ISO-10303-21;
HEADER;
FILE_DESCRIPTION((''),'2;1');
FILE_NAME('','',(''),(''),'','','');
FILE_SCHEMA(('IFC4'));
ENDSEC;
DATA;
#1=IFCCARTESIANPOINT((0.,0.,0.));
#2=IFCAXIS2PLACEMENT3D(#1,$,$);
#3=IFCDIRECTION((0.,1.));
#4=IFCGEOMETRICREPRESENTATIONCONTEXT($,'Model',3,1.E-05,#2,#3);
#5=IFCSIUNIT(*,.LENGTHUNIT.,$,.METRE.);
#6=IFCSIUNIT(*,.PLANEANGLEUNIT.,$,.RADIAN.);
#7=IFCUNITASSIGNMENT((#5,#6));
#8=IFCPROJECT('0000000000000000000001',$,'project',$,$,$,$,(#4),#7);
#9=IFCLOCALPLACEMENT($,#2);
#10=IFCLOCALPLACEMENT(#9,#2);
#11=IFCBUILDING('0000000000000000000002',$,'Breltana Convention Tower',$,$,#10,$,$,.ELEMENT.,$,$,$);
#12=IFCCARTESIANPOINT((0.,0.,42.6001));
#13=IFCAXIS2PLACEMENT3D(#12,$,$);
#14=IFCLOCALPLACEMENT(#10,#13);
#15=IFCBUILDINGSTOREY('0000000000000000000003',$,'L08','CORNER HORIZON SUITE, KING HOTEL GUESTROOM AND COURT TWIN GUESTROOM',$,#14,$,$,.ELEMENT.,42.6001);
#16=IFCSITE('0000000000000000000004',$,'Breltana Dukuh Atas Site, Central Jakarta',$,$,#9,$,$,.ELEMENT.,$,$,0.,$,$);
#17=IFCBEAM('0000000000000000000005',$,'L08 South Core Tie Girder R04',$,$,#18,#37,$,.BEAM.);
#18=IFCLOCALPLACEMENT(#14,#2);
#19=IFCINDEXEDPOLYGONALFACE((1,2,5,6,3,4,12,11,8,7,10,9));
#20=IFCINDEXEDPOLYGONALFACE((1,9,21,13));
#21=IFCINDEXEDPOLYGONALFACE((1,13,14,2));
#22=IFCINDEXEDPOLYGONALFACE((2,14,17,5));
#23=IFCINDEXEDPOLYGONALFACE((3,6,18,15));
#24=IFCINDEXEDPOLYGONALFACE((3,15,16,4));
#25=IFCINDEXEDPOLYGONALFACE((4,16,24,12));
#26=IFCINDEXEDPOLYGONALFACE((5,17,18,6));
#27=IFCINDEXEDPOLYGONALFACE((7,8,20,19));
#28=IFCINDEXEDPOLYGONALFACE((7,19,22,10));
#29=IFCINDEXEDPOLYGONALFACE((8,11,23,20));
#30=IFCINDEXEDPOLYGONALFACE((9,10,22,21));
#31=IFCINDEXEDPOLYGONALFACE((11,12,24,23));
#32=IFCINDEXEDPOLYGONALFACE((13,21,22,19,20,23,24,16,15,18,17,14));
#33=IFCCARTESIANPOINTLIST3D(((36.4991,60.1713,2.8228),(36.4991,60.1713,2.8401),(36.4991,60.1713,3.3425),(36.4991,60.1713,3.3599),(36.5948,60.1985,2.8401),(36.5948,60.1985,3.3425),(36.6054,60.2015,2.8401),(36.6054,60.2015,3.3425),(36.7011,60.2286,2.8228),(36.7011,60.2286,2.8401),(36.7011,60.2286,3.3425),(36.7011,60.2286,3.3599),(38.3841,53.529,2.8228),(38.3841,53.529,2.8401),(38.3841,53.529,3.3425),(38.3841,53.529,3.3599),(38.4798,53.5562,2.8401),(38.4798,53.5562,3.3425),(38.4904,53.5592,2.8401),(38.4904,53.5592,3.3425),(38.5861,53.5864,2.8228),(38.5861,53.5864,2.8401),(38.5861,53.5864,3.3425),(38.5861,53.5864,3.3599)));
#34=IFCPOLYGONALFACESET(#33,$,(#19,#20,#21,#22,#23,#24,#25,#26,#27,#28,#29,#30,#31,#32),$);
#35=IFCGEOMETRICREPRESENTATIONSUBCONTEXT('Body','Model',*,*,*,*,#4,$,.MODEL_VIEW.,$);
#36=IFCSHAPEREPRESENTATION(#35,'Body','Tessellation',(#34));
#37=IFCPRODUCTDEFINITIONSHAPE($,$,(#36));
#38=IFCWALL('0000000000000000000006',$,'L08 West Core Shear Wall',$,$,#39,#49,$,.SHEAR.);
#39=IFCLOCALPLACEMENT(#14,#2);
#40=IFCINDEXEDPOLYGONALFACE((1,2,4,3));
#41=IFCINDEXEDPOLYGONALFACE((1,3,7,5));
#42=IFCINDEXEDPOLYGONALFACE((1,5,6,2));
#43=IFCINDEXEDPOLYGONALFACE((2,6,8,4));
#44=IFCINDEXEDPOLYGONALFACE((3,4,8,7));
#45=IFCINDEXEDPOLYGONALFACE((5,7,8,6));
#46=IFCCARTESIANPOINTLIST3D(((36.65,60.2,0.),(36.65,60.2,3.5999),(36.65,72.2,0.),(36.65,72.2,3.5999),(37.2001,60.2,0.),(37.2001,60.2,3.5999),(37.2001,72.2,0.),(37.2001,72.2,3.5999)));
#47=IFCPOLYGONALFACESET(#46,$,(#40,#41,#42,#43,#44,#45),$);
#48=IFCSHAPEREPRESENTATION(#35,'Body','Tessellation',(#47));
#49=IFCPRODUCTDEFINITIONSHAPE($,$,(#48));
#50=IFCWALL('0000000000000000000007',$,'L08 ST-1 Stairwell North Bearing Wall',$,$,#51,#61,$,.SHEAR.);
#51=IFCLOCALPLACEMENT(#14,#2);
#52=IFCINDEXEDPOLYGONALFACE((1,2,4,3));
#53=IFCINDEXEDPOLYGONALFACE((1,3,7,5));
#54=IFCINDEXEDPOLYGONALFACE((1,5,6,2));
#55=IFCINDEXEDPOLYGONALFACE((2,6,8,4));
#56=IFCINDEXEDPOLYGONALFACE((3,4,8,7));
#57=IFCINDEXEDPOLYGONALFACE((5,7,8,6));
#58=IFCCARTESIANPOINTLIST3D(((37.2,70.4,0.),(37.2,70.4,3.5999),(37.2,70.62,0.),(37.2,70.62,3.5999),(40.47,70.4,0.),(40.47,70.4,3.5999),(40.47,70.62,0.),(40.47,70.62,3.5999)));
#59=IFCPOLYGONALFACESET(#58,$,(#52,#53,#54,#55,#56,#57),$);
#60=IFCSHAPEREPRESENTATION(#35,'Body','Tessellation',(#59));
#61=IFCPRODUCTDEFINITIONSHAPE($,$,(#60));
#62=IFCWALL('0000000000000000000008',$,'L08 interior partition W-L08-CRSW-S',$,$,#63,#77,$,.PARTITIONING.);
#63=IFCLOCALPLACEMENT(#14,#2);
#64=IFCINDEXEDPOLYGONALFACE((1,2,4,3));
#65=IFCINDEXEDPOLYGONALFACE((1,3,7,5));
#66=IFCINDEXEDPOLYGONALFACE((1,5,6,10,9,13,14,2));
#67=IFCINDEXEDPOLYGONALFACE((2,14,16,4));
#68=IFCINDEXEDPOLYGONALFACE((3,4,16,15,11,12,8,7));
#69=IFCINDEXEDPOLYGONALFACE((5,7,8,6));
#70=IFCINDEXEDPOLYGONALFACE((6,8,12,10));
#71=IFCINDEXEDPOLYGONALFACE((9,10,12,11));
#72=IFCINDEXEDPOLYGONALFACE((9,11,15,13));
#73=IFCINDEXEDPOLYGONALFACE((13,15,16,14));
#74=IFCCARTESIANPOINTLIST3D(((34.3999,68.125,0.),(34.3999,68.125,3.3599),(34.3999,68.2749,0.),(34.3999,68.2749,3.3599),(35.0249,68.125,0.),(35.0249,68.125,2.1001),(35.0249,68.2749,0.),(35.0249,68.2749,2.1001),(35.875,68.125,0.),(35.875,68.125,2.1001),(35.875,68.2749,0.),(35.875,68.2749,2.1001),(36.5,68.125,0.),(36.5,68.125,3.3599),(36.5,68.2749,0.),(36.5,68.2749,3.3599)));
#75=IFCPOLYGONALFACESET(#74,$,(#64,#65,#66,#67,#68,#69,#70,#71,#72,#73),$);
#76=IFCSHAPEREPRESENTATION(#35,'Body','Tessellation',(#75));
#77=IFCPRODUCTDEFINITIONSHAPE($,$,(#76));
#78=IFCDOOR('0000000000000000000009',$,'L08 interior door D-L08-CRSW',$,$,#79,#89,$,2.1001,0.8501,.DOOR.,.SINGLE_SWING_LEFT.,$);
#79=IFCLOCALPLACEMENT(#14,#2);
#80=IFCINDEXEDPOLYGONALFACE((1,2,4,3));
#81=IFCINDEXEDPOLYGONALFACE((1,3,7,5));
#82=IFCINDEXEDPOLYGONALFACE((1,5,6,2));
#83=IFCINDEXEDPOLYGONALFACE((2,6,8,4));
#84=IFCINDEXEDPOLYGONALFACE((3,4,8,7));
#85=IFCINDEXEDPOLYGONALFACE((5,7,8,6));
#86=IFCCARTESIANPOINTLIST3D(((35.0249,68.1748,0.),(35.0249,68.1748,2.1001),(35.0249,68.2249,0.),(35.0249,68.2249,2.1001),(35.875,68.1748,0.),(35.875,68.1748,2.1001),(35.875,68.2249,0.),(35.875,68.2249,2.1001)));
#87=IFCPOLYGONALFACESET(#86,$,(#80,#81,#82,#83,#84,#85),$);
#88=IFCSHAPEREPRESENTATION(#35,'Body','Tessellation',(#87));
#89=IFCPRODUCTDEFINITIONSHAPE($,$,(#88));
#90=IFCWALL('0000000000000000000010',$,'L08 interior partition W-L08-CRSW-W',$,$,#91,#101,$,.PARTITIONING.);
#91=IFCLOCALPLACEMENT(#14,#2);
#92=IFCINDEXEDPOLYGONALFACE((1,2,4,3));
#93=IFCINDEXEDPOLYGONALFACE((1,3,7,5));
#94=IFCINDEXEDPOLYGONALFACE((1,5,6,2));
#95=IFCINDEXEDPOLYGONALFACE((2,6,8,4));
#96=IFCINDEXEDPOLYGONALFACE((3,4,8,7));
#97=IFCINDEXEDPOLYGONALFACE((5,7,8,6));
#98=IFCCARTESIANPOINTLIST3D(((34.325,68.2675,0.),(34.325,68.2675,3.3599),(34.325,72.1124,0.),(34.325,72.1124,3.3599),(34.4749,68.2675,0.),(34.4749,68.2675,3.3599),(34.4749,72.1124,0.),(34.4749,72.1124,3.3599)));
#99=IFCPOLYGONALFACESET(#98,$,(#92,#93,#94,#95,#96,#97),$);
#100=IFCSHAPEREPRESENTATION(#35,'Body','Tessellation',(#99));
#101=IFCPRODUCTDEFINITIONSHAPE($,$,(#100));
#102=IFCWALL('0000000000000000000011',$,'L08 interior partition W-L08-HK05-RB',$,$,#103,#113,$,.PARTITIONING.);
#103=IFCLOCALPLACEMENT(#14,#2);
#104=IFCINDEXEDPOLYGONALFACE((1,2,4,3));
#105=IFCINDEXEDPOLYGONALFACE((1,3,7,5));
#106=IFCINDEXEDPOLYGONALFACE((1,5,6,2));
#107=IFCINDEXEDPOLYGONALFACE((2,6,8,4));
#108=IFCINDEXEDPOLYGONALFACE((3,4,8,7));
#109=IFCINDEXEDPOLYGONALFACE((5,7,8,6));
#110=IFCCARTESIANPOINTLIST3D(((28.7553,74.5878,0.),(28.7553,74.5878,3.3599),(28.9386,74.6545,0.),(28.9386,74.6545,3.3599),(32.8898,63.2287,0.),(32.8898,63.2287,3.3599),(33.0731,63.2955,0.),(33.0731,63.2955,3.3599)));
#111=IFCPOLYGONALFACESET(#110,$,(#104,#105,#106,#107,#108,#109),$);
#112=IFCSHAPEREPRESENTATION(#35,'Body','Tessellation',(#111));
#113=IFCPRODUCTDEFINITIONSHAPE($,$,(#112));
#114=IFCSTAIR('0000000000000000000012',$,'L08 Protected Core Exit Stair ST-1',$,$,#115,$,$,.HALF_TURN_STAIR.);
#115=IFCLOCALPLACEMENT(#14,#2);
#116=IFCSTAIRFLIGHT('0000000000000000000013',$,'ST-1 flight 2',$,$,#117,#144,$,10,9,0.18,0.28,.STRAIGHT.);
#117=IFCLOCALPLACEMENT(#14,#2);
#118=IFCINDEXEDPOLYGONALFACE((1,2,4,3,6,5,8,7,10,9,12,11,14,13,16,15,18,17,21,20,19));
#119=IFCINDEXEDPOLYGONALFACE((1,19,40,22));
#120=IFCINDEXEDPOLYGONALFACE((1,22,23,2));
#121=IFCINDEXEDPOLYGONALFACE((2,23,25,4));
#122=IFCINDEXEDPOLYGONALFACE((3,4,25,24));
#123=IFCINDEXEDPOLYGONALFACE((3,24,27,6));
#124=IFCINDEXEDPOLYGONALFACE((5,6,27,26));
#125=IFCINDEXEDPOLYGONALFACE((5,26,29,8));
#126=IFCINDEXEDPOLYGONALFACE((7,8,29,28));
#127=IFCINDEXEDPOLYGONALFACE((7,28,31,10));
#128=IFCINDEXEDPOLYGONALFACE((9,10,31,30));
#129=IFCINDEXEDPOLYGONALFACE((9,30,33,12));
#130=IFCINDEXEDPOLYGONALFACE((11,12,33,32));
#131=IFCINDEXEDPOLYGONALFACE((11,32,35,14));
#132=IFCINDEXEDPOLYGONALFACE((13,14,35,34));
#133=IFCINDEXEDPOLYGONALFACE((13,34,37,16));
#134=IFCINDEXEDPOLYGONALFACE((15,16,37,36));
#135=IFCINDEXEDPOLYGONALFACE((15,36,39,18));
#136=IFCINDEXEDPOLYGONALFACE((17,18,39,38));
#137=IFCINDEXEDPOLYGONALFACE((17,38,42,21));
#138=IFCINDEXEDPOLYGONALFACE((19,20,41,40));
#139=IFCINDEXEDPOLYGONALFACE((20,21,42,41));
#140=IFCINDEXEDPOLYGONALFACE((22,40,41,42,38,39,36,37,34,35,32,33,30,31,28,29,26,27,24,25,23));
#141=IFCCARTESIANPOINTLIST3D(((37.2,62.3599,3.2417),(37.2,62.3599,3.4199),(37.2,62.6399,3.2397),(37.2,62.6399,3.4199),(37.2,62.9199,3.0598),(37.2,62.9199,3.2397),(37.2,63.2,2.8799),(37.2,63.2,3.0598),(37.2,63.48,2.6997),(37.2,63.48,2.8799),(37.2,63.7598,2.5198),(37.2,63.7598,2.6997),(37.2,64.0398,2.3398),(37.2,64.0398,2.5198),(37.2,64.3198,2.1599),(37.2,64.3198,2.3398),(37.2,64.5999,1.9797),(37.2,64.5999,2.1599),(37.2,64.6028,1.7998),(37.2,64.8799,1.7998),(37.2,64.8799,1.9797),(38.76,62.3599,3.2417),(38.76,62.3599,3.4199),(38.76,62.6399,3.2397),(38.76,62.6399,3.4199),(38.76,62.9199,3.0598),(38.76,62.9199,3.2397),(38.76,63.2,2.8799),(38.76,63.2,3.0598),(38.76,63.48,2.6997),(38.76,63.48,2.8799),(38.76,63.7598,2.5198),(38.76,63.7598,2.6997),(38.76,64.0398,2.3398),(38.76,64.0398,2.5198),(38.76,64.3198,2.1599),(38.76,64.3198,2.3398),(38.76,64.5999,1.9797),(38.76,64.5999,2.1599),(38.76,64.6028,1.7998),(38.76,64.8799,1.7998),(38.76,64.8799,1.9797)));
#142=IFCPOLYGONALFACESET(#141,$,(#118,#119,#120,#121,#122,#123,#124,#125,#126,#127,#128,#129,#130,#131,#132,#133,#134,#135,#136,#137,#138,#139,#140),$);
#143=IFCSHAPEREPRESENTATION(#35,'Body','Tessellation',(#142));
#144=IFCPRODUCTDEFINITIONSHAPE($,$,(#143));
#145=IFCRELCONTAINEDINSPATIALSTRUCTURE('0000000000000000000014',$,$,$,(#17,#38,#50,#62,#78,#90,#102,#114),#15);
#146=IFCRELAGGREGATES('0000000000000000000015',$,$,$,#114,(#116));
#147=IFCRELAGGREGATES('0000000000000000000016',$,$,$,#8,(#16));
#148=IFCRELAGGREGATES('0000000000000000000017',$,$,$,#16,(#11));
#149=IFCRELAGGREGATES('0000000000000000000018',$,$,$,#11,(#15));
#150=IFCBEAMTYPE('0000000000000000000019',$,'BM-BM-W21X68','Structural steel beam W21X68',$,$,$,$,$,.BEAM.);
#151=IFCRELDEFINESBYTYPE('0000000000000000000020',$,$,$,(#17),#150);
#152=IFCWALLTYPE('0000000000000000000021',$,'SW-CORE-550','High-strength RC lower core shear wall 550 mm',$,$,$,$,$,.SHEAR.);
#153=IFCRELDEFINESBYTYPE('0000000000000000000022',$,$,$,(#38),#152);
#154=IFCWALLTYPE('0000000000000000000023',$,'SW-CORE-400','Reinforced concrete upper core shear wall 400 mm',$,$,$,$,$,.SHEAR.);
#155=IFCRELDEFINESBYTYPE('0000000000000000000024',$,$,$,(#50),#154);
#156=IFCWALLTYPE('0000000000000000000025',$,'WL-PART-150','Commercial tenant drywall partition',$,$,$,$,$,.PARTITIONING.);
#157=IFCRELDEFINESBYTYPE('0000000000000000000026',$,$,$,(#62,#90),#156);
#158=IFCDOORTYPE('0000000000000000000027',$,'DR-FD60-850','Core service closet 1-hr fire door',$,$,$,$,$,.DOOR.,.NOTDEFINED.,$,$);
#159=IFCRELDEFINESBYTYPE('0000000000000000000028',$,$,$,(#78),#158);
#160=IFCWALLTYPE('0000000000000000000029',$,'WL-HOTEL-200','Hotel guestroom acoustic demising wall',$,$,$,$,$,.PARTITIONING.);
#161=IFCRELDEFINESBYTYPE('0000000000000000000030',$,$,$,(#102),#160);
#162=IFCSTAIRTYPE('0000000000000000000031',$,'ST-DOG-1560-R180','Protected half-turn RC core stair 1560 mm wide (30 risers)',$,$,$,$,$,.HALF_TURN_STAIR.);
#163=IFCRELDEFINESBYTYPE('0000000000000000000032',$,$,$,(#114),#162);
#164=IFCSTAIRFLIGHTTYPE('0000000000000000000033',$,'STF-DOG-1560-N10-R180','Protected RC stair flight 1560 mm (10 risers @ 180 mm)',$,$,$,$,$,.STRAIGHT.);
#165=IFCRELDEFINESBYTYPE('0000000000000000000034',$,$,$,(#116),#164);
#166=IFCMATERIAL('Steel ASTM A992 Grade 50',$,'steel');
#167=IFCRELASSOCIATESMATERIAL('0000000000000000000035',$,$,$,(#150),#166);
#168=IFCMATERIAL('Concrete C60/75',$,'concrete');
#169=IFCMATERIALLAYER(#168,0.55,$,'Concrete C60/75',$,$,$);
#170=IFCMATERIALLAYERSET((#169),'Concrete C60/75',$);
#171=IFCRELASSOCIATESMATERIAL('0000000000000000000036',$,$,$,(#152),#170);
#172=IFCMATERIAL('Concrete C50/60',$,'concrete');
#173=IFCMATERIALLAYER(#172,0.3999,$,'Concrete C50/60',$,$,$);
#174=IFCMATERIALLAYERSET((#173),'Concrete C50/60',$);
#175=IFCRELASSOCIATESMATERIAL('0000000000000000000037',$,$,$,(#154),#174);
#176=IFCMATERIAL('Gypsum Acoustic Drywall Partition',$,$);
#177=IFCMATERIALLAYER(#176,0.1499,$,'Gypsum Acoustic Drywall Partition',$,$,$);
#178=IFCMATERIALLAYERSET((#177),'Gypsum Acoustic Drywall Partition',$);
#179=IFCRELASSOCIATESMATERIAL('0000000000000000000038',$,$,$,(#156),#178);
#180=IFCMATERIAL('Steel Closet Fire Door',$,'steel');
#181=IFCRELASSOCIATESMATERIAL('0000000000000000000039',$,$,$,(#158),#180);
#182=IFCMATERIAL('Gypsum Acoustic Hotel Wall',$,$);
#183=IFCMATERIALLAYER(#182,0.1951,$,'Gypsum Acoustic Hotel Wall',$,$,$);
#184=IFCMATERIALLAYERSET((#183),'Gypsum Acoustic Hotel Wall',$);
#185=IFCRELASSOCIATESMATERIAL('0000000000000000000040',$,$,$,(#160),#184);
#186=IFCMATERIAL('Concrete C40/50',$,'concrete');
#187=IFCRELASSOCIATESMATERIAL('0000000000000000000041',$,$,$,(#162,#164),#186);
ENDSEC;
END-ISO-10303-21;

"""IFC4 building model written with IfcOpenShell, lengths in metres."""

from ifc_helpers import new_model, si_unit, direction, frame, frame_2d, origin, origin_2d, place, context, subcontext, project, spatial, polyline, rectangle, i_section, outline, extrude, source, transform, mapped, material, layer, layer_set, material_profile, profile_set, type_object, type_shapes, element, fill, aggregate, save


model = new_model("IFC4")

# Units and contexts
model_context = context("Model", 3, precision=1e-05, world=origin(), true_north=direction((0.0, 1.0)))
body_context = subcontext(model_context, "Body", "Model", "MODEL_VIEW")
ifc_project = project(units=[si_unit("LENGTHUNIT", "METRE"), si_unit("PLANEANGLEUNIT", "RADIAN")], contexts=[model_context])

# Site, building, storey
site_placement = place(None, origin())
site = spatial("IfcSite", under=ifc_project, at=site_placement, Name="Breltana Dukuh Atas Site, Central Jakarta", CompositionType="ELEMENT", RefElevation=0.0)
building_placement = place(site_placement, origin())
building = spatial("IfcBuilding", under=site, at=building_placement, Name="Breltana Convention Tower", CompositionType="ELEMENT")
storey_placement = place(building_placement, frame((0.0, 0.0, 42.6001)))
storey = spatial("IfcBuildingStorey", under=building, at=storey_placement, Name="L08", Description="CORNER HORIZON SUITE, KING HOTEL GUESTROOM AND COURT TWIN GUESTROOM", CompositionType="ELEMENT", Elevation=42.6001)

# Beam
ifc_material_1 = material(Name="Steel ASTM A992 Grade 50", Category="steel")
ifc_material_profile = material_profile(ifc_material_1, i_section(OverallWidth=0.21, OverallDepth=0.5371, WebThickness=0.011, FlangeThickness=0.0173, at=origin_2d()), Name="W21X68")
ifc_profile_set = profile_set([ifc_material_profile], Name="Steel ASTM A992 Grade 50")
beam_type = type_object("IfcBeamType", Name="BM-BM-W21X68", Description="Structural steel beam W21X68", PredefinedType="BEAM", material=ifc_profile_set)
shared_shape_1 = source(origin(), body_context, "Body", "SweptSolid", [
    extrude(i_section(OverallWidth=0.21, OverallDepth=0.5371, WebThickness=0.011, FlangeThickness=0.0173, at=origin_2d()), origin(), (0.0, 0.0, 1.0), 6.9045),
])
type_shapes(beam_type, [shared_shape_1])
beam_placement = place(storey_placement, frame((36.6001, 60.2, 3.0913), z_axis=(0.273007, -0.962012, 0.0), x_axis=(0.962012, 0.273007, 0.0)))
element("IfcBeam", 1, at=beam_placement, inside=storey, type_object=beam_type, Name="L08 South Core Tie Girder R04", PredefinedType="BEAM", context=body_context, shape_type="MappedRepresentation", body=[
    mapped(shared_shape_1, transform((0.0, 0.0, 0.0), scale=1.0)),
])

# Wall
ifc_material_2 = material(Name="Concrete C60/75", Category="concrete")
ifc_layer_1 = layer(ifc_material_2, 0.55, Name="Concrete C60/75")
ifc_layer_set_1 = layer_set([ifc_layer_1], Name="Concrete C60/75")
wall_type_1 = type_object("IfcWallType", Name="SW-CORE-550", Description="High-strength RC lower core shear wall 550 mm", PredefinedType="SHEAR", material=ifc_layer_set_1)
shared_shape_2 = source(origin(), body_context, "Body", "SweptSolid", [
    extrude(rectangle(XDim=12.0, YDim=0.55, at=frame_2d((6.0, 0.0))), origin(), (0.0, 0.0, 1.0), 3.5999),
])
wall_1_placement = place(storey_placement, frame((36.925, 60.2, 0.0), z_axis=(0.0, 0.0, 1.0), x_axis=(0.0, 1.0, 0.0)))
element("IfcWall", 2, at=wall_1_placement, inside=storey, type_object=wall_type_1, Name="L08 West Core Shear Wall", PredefinedType="SHEAR", context=body_context, shape_type="MappedRepresentation", body=[
    mapped(shared_shape_2, transform((0.0, 0.0, 0.0), scale=1.0)),
])

# Wall
ifc_material_3 = material(Name="Concrete C50/60", Category="concrete")
ifc_layer_2 = layer(ifc_material_3, 0.3999, Name="Concrete C50/60")
ifc_layer_set_2 = layer_set([ifc_layer_2], Name="Concrete C50/60")
wall_type_2 = type_object("IfcWallType", Name="SW-CORE-400", Description="Reinforced concrete upper core shear wall 400 mm", PredefinedType="SHEAR", material=ifc_layer_set_2)
shared_shape_3 = source(origin(), body_context, "Body", "SweptSolid", [
    extrude(rectangle(XDim=3.27, YDim=0.22, at=frame_2d((1.635, 0.0))), origin(), (0.0, 0.0, 1.0), 3.5999),
])
wall_2_placement = place(storey_placement, frame((37.2, 70.51, 0.0), z_axis=(0.0, 0.0, 1.0), x_axis=(1.0, 0.0, 0.0)))
element("IfcWall", 3, at=wall_2_placement, inside=storey, type_object=wall_type_2, Name="L08 ST-1 Stairwell North Bearing Wall", PredefinedType="SHEAR", context=body_context, shape_type="MappedRepresentation", body=[
    mapped(shared_shape_3, transform((0.0, 0.0, 0.0), scale=1.0)),
])

# Wall, opening, door
ifc_material_4 = material(Name="Gypsum Acoustic Drywall Partition")
ifc_layer_3 = layer(ifc_material_4, 0.1499, Name="Gypsum Acoustic Drywall Partition")
ifc_layer_set_3 = layer_set([ifc_layer_3], Name="Gypsum Acoustic Drywall Partition")
wall_type_3 = type_object("IfcWallType", Name="WL-PART-150", Description="Commercial tenant drywall partition", PredefinedType="PARTITIONING", material=ifc_layer_set_3)
shared_shape_4 = source(origin(), body_context, "Body", "SweptSolid", [
    extrude(rectangle(XDim=2.1001, YDim=0.1499, at=frame_2d((1.05, 0.0))), origin(), (0.0, 0.0, 1.0), 3.3599),
])
wall_3_placement = place(storey_placement, frame((34.3999, 68.2, 0.0), z_axis=(0.0, 0.0, 1.0), x_axis=(1.0, 0.0, 0.0)))
wall_3 = element("IfcWall", 4, at=wall_3_placement, inside=storey, type_object=wall_type_3, Name="L08 interior partition W-L08-CRSW-S", PredefinedType="PARTITIONING", context=body_context, shape_type="MappedRepresentation", body=[
    mapped(shared_shape_4, transform((0.0, 0.0, 0.0), scale=1.0)),
])
opening_1_placement = place(wall_3_placement, frame((0.625, 0.0, 0.0)))
opening_1 = element("IfcOpeningElement", 5, at=opening_1_placement, cuts=wall_3, PredefinedType="OPENING", context=body_context, shape_type="SweptSolid", body=[
    extrude(rectangle(XDim=0.8501, YDim=2.1001, at=frame_2d((0.425, 1.05))), frame((0.0, 0.085, 0.0), z_axis=(0.0, -1.0, 0.0), x_axis=(1.0, 0.0, 0.0)), (0.0, 0.0, 1.0), 0.1699),
])
ifc_material_5 = material(Name="Steel Closet Fire Door", Category="steel")
door_type_1 = type_object("IfcDoorType", Name="DR-FD60-850", Description="Core service closet 1-hr fire door", OperationType="NOTDEFINED", PredefinedType="DOOR", material=ifc_material_5)
shared_shape_5 = source(origin(), body_context, "Body", "SweptSolid", [
    extrude(rectangle(XDim=0.8501, YDim=2.1001, at=frame_2d((0.425, 1.05))), frame((0.0, 0.0249, 0.0), z_axis=(0.0, -1.0, 0.0), x_axis=(1.0, 0.0, 0.0)), (0.0, 0.0, 1.0), 0.05),
])
type_shapes(door_type_1, [shared_shape_5])
door_1_placement = place(opening_1_placement, origin())
door_1 = element("IfcDoor", 6, at=door_1_placement, inside=storey, type_object=door_type_1, Name="L08 interior door D-L08-CRSW", OperationType="SINGLE_SWING_LEFT", OverallHeight=2.1001, OverallWidth=0.8501, PredefinedType="DOOR", context=body_context, shape_type="MappedRepresentation", body=[
    mapped(shared_shape_5, transform((0.0, 0.0, 0.0), scale=1.0)),
])
fill(opening_1, door_1)

# Walls
shared_shape_6 = source(origin(), body_context, "Body", "SweptSolid", [
    extrude(rectangle(XDim=3.845, YDim=0.1499, at=frame_2d((1.9224, 0.0))), origin(), (0.0, 0.0, 1.0), 3.3599),
])
wall_4_placement = place(storey_placement, frame((34.3999, 68.2676, 0.0), z_axis=(0.0, 0.0, 1.0), x_axis=(0.0, 1.0, 0.0)))
element("IfcWall", 7, at=wall_4_placement, inside=storey, type_object=wall_type_3, Name="L08 interior partition W-L08-CRSW-W", PredefinedType="PARTITIONING", context=body_context, shape_type="MappedRepresentation", body=[
    mapped(shared_shape_6, transform((0.0, 0.0, 0.0), scale=1.0)),
])
ifc_material_6 = material(Name="Gypsum Acoustic Hotel Wall")
ifc_layer_4 = layer(ifc_material_6, 0.1951, Name="Gypsum Acoustic Hotel Wall")
ifc_layer_set_4 = layer_set([ifc_layer_4], Name="Gypsum Acoustic Hotel Wall")
wall_type_4 = type_object("IfcWallType", Name="WL-HOTEL-200", Description="Hotel guestroom acoustic demising wall", PredefinedType="PARTITIONING", material=ifc_layer_set_4)
shared_shape_7 = source(origin(), body_context, "Body", "SweptSolid", [
    extrude(rectangle(XDim=12.0881, YDim=0.1951, at=frame_2d((6.0439, 0.0))), origin(), (0.0, 0.0, 1.0), 3.3599),
])
wall_5_placement = place(storey_placement, frame((32.9814, 63.2622, 0.0), z_axis=(0.0, 0.0, 1.0), x_axis=(-0.34203, 0.939689, 0.0)))
element("IfcWall", 8, at=wall_5_placement, inside=storey, type_object=wall_type_4, Name="L08 interior partition W-L08-HK05-RB", PredefinedType="PARTITIONING", context=body_context, shape_type="MappedRepresentation", body=[
    mapped(shared_shape_7, transform((0.0, 0.0, 0.0), scale=1.0)),
])

# Stair, stair flight
ifc_material_7 = material(Name="Concrete C40/50", Category="concrete")
stair_type = type_object("IfcStairType", Name="ST-DOG-1560-R180", Description="Protected half-turn RC core stair 1560 mm wide (30 risers)", PredefinedType="HALF_TURN_STAIR", material=ifc_material_7)
stair_placement = place(storey_placement, origin())
stair = element("IfcStair", 9, at=stair_placement, inside=storey, type_object=stair_type, Name="L08 Protected Core Exit Stair ST-1", PredefinedType="HALF_TURN_STAIR")
stair_flight_type = type_object("IfcStairFlightType", Name="STF-DOG-1560-N10-R180", Description="Protected RC stair flight 1560 mm (10 risers @ 180 mm)", PredefinedType="STRAIGHT", material=ifc_material_7)
stair_flight_placement = place(storey_placement, frame((37.98, 64.8799, 1.7998), z_axis=(0.0, 0.0, 1.0), x_axis=(0.0, -1.0, 0.0)))
stair_flight = element("IfcStairFlight", 10, at=stair_flight_placement, type_object=stair_flight_type, Name="ST-1 flight 2", NumberOfRisers=10, NumberOfTreads=9, PredefinedType="STRAIGHT", RiserHeight=0.18, TreadLength=0.28, context=body_context, shape_type="SweptSolid", body=[
    extrude(outline(polyline([(0.0, 0.0), (0.0, 0.1799), (0.28, 0.1799), (0.28, 0.3601), (0.5601, 0.3601), (0.5601, 0.54), (0.8401, 0.54), (0.8401, 0.72), (1.1201, 0.72), (1.1201, 0.8999), (1.3999, 0.8999), (1.3999, 1.0801), (1.6799, 1.0801), (1.6799, 1.26), (1.96, 1.26), (1.96, 1.4399), (2.24, 1.4399), (2.24, 1.6201), (2.52, 1.6201), (2.52, 1.8), (2.52, 1.4419), (0.2771, 0.0), (0.0, 0.0)])), frame((0.0, 0.78, 0.0), z_axis=(0.0, -1.0, 0.0), x_axis=(1.0, 0.0, 0.0)), (0.0, 0.0, 1.0), 1.5601),
])
aggregate(stair, [stair_flight])

save(model, "model.ifc")
